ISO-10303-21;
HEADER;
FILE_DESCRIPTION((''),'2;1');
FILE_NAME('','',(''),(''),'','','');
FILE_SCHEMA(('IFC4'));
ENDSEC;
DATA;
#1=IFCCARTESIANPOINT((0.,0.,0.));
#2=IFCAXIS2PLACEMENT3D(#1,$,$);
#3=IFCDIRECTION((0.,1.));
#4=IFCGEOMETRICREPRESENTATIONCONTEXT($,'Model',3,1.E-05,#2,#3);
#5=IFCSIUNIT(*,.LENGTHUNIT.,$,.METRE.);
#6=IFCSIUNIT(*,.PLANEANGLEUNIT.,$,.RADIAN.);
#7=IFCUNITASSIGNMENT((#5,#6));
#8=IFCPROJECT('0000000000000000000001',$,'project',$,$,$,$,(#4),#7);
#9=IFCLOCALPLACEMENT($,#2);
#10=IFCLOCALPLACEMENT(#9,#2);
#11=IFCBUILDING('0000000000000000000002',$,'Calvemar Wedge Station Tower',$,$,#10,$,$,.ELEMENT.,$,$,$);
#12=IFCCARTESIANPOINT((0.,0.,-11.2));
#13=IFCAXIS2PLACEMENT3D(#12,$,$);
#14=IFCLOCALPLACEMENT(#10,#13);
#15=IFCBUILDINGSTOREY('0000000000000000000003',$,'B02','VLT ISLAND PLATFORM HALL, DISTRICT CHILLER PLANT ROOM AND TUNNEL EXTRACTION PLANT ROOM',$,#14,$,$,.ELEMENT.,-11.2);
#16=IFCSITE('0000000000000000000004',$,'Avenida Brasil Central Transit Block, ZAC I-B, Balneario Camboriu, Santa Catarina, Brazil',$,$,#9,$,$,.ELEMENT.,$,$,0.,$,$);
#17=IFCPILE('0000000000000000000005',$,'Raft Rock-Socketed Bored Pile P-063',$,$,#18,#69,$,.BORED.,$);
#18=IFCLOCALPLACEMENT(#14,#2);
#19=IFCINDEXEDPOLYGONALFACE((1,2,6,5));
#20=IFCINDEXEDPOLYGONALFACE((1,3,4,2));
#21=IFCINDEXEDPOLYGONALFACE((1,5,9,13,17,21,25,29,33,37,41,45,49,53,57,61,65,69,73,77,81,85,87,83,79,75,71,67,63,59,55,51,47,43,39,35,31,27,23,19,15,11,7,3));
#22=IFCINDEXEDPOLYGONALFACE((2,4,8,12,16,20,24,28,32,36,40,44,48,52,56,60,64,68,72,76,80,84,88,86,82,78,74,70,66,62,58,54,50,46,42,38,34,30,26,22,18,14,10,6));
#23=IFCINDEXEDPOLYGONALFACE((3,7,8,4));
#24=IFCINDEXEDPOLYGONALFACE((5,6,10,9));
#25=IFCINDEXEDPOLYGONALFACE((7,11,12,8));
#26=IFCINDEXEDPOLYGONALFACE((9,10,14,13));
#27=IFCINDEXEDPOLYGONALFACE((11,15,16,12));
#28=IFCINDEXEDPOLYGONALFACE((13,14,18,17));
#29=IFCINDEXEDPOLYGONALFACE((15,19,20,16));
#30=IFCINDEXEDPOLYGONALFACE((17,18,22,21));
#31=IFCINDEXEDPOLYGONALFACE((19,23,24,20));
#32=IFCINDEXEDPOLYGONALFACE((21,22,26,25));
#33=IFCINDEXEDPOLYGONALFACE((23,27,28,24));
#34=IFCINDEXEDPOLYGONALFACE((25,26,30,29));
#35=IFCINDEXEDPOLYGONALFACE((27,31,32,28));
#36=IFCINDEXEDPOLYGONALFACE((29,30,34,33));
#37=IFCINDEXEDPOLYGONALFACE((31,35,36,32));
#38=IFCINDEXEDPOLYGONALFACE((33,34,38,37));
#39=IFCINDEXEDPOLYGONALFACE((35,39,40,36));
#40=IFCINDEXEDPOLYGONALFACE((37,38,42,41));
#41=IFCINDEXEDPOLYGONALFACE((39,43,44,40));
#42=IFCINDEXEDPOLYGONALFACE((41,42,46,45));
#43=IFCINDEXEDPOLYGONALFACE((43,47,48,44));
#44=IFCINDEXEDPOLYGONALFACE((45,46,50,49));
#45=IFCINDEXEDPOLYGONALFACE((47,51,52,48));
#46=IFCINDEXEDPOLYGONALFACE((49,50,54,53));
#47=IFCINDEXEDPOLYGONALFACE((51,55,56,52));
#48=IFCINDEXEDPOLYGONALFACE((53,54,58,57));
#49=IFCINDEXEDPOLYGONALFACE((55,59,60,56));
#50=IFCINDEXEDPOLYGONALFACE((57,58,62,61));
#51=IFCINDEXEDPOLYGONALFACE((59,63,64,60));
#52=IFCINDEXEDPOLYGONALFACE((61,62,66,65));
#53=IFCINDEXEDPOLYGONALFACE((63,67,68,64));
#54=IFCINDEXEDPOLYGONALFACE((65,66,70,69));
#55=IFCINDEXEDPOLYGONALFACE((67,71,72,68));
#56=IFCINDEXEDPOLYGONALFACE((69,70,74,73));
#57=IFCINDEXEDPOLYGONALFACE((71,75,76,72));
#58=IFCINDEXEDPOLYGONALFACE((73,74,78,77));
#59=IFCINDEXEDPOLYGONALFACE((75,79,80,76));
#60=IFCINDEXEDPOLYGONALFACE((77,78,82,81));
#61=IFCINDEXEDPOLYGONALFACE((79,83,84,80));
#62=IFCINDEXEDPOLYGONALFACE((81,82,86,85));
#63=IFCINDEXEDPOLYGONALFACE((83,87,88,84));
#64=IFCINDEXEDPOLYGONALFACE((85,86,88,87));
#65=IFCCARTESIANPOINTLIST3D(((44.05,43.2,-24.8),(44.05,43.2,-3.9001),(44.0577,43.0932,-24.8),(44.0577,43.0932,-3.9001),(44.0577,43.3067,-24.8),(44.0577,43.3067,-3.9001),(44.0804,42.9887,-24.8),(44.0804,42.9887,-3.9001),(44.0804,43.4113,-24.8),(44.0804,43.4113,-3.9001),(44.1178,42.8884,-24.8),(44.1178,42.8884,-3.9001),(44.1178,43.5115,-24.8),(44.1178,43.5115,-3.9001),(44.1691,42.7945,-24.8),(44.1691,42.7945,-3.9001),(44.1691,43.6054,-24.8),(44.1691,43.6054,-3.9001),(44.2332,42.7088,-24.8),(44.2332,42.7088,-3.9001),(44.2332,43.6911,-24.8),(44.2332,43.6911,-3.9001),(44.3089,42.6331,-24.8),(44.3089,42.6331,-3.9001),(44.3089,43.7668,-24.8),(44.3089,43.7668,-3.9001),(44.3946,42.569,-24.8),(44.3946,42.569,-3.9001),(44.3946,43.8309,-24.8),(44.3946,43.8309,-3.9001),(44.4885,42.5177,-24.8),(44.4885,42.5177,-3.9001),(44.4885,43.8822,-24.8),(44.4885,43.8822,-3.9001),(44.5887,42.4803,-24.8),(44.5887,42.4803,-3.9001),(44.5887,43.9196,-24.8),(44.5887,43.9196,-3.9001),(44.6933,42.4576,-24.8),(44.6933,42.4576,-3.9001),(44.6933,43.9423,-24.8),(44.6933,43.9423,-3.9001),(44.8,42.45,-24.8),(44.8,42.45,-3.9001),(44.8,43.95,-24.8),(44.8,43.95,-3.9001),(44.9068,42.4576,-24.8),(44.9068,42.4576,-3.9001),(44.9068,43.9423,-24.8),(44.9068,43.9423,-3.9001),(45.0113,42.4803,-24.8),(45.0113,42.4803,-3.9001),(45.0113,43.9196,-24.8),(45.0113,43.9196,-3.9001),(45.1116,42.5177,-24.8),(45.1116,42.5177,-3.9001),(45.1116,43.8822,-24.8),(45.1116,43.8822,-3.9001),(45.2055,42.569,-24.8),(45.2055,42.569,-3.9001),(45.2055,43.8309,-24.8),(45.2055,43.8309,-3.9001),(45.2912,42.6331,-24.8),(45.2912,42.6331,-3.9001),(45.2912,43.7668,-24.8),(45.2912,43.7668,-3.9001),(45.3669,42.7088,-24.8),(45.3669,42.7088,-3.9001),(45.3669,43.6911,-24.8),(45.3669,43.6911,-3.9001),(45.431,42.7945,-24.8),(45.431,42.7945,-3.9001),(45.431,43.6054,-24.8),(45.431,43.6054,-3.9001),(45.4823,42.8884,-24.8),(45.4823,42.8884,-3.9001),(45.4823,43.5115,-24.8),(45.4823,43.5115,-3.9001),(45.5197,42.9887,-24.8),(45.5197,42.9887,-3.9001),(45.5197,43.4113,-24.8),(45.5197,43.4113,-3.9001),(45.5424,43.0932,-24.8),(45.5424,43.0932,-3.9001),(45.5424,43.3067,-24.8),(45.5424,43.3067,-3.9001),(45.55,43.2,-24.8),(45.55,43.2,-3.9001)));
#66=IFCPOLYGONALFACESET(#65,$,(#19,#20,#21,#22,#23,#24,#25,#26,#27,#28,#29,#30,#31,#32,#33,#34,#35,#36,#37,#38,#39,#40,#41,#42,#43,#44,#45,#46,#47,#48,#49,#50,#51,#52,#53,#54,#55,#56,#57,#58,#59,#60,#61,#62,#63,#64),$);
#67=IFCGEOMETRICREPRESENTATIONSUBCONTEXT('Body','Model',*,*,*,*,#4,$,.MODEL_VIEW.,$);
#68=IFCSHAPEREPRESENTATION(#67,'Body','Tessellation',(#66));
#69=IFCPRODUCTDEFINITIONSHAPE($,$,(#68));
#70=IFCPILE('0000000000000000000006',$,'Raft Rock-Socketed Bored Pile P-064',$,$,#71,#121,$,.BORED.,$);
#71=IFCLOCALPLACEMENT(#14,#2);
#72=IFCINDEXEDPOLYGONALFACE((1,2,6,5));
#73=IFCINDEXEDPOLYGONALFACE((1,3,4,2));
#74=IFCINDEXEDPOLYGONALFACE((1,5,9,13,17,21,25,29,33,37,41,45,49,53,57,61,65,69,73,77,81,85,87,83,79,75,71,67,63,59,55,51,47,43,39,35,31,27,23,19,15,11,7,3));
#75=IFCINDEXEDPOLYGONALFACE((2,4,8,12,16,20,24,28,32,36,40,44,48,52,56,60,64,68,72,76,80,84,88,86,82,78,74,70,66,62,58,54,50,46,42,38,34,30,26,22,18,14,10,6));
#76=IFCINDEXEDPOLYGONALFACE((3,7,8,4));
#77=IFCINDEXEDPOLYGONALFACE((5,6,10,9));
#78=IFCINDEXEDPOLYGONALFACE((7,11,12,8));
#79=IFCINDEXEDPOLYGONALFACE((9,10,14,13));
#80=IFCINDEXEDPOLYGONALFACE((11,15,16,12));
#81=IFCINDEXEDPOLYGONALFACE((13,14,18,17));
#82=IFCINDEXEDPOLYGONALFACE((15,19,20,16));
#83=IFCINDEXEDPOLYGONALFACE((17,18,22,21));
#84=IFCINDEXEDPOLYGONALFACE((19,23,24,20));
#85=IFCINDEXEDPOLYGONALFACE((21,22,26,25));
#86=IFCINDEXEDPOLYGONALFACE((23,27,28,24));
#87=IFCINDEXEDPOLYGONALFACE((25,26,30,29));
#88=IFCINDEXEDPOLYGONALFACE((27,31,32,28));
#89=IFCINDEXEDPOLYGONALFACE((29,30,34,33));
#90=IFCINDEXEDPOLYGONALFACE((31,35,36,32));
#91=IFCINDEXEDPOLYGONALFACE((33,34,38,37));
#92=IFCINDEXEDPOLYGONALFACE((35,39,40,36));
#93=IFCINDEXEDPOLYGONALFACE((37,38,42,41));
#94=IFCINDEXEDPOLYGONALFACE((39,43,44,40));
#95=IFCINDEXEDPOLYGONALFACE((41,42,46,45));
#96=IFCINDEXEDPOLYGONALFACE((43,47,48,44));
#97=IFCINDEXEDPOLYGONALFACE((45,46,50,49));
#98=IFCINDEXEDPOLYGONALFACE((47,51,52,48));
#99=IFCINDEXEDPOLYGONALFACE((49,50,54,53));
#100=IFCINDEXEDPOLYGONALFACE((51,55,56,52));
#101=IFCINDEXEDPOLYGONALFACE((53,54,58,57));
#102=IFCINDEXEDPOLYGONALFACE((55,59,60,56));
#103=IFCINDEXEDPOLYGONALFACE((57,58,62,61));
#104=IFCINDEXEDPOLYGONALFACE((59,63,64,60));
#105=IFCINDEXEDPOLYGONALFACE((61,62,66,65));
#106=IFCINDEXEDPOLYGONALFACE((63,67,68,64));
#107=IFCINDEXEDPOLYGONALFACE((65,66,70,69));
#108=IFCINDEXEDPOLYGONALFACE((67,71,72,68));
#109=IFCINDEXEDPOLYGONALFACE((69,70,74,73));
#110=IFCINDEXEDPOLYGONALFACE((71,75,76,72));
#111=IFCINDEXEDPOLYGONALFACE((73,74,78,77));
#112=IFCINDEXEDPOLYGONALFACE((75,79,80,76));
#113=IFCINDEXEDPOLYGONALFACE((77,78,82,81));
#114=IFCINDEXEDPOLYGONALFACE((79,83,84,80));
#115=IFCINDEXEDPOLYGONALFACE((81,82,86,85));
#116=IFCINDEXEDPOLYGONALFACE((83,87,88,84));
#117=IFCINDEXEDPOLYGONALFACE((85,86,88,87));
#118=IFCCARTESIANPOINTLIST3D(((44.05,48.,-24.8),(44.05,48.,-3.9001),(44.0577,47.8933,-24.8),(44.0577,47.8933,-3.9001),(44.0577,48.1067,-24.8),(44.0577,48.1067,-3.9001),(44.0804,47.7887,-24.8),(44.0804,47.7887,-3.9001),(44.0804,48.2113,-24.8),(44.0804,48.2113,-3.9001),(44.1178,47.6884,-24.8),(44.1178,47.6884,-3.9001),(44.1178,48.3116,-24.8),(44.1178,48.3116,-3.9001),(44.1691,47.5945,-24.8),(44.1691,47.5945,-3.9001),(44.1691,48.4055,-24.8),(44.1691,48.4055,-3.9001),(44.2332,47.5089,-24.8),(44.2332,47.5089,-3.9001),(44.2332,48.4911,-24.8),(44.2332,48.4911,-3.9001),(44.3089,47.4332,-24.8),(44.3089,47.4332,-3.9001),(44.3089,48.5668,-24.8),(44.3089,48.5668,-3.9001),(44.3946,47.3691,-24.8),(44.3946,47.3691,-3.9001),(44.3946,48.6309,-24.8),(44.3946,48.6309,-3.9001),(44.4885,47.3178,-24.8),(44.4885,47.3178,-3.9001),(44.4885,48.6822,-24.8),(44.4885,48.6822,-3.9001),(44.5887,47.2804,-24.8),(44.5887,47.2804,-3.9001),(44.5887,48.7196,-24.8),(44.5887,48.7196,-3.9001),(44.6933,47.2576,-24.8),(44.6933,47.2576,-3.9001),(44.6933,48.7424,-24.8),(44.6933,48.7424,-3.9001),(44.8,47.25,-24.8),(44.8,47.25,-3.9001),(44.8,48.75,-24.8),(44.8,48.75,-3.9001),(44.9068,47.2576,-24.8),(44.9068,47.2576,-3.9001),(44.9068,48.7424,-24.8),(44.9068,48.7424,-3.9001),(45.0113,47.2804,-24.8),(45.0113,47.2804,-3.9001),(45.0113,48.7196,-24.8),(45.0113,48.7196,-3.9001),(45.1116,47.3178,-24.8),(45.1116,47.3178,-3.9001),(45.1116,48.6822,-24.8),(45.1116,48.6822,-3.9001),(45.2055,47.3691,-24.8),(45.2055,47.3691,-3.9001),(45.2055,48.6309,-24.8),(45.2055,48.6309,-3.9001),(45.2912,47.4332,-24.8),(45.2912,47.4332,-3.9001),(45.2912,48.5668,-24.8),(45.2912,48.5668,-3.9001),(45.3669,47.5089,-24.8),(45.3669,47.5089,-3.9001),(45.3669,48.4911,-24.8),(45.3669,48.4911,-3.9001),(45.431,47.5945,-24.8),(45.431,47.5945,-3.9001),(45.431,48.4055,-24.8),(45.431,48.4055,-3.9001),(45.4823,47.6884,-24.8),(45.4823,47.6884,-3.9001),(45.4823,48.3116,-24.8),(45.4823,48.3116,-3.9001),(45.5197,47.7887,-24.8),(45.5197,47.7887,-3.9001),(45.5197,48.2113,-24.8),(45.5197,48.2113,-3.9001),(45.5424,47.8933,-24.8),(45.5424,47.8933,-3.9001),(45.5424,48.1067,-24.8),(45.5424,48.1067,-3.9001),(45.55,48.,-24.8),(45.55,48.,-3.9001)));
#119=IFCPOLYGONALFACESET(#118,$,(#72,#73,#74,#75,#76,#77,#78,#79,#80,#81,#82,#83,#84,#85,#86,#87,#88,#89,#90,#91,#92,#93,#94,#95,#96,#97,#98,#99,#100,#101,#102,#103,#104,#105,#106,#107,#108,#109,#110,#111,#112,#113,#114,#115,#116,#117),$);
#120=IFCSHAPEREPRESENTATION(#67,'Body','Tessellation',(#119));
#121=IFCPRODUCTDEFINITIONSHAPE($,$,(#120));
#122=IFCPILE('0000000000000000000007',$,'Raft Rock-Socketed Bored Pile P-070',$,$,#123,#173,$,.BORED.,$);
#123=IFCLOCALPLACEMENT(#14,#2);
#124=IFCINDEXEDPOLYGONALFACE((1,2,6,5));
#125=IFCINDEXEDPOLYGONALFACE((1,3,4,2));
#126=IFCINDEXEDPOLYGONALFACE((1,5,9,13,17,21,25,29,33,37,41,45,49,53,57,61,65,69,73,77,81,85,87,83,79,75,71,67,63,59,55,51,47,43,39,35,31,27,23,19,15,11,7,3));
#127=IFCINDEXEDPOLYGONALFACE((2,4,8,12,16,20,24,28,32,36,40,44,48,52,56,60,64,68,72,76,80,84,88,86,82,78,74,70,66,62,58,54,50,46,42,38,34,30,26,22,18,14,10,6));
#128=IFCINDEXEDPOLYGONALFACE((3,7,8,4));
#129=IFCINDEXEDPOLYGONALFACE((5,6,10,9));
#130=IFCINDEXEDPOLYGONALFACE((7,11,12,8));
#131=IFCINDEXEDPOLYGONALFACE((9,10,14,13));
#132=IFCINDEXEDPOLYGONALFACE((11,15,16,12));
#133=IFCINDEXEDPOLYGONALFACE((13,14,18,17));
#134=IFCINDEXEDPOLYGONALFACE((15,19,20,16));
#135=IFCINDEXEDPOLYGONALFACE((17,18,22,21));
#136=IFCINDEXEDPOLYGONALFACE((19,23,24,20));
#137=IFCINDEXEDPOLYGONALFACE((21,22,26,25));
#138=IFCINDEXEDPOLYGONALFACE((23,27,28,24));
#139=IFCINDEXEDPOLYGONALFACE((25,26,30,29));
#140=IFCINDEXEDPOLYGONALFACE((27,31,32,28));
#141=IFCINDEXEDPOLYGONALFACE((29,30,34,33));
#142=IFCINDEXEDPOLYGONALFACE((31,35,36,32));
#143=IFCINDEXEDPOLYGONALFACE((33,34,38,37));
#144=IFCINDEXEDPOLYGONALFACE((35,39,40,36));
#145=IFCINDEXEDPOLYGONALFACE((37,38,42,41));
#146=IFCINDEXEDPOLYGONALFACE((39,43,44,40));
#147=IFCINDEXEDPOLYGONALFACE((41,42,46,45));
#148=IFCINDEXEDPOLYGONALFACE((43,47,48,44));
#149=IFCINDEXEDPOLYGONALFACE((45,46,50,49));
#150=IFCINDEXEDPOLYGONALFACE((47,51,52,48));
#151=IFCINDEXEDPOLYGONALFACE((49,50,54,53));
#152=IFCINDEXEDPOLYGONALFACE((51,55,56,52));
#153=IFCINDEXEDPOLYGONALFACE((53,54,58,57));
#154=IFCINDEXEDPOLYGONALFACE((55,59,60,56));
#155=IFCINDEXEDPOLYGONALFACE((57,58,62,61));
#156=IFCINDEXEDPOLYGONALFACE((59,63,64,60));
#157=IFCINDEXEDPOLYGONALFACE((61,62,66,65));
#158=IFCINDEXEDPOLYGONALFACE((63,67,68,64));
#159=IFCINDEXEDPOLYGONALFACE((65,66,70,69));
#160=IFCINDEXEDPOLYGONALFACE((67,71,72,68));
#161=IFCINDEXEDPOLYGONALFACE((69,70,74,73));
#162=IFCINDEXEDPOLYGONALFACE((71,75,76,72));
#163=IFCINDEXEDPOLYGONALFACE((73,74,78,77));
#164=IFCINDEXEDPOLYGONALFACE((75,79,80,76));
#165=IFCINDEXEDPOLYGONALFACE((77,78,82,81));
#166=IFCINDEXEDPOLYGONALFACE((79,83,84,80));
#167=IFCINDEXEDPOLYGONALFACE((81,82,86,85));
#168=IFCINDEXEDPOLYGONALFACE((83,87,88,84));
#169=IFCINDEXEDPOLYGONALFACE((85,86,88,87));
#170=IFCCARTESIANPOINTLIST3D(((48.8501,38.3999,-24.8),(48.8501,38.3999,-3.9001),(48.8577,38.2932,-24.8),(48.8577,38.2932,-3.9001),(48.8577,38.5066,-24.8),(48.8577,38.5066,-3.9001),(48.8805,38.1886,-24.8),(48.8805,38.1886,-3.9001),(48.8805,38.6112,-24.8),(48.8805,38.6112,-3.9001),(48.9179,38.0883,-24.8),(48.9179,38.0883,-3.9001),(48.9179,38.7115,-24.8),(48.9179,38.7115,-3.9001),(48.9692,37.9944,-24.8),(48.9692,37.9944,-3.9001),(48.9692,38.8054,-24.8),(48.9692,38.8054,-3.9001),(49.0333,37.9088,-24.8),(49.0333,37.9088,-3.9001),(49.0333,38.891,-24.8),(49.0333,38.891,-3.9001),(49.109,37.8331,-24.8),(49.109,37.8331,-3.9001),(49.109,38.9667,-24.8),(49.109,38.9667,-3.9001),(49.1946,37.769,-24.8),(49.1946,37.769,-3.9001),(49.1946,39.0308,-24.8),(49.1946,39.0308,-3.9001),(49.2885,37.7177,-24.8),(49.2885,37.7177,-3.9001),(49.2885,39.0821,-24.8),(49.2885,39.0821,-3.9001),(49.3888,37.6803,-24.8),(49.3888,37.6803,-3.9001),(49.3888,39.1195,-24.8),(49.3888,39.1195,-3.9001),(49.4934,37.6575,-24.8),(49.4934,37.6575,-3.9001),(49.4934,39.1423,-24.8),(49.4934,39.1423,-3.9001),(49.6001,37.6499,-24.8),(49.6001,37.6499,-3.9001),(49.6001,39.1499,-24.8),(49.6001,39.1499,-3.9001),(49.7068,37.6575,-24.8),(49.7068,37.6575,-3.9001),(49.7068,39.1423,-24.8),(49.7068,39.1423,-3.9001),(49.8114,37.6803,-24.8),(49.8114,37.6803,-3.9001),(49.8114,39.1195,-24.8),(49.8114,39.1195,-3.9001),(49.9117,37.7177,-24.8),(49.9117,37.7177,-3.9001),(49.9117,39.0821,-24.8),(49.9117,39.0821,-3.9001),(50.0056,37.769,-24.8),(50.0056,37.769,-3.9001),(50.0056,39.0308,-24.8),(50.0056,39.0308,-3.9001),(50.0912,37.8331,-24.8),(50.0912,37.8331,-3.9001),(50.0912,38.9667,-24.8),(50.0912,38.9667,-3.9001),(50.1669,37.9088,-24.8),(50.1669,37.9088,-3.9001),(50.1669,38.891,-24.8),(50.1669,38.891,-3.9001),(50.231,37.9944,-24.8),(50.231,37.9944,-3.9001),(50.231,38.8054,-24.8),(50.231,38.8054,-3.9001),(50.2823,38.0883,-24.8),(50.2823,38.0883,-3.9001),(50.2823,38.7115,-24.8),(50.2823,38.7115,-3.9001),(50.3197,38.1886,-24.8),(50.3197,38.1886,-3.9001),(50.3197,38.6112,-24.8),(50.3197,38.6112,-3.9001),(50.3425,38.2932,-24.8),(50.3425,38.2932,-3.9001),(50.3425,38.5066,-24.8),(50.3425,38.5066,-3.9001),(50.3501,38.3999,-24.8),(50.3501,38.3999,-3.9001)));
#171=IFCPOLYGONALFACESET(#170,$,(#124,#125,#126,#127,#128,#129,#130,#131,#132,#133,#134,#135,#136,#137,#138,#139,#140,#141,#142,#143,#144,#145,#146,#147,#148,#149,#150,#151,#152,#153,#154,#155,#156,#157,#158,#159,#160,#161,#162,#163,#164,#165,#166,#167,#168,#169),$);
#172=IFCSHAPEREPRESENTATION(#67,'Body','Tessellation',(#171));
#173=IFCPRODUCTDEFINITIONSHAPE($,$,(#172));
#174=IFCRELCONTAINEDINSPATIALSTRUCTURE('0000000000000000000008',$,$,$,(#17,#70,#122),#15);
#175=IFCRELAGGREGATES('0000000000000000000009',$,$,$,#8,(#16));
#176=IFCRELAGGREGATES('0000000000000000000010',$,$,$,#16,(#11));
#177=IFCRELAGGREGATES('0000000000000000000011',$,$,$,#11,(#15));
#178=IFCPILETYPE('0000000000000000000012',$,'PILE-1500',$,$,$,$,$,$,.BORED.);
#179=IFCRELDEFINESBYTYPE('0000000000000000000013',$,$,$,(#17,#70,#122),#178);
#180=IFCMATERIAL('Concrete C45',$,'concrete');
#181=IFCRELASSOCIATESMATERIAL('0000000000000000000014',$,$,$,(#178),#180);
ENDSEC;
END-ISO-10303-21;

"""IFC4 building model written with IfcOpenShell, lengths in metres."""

from ifc_helpers import new_model, si_unit, direction, frame, origin, origin_2d, place, context, subcontext, project, spatial, circle, extrude, material, material_profile, profile_set, type_object, element, save


model = new_model("IFC4")

# Units and contexts
model_context = context("Model", 3, precision=1e-05, world=origin(), true_north=direction((0.0, 1.0)))
body_context = subcontext(model_context, "Body", "Model", "MODEL_VIEW")
ifc_project = project(units=[si_unit("LENGTHUNIT", "METRE"), si_unit("PLANEANGLEUNIT", "RADIAN")], contexts=[model_context])

# Site, building, storey
site_placement = place(None, origin())
site = spatial("IfcSite", under=ifc_project, at=site_placement, Name="Avenida Brasil Central Transit Block, ZAC I-B, Balneario Camboriu, Santa Catarina, Brazil", CompositionType="ELEMENT", RefElevation=0.0)
building_placement = place(site_placement, origin())
building = spatial("IfcBuilding", under=site, at=building_placement, Name="Calvemar Wedge Station Tower", CompositionType="ELEMENT")
storey_placement = place(building_placement, frame((0.0, 0.0, -11.2)))
storey = spatial("IfcBuildingStorey", under=building, at=storey_placement, Name="B02", Description="VLT ISLAND PLATFORM HALL, DISTRICT CHILLER PLANT ROOM AND TUNNEL EXTRACTION PLANT ROOM", CompositionType="ELEMENT", Elevation=-11.2)

# Piles
ifc_material_1 = material(Name="Concrete C45", Category="concrete")
ifc_material_profile_1 = material_profile(ifc_material_1, circle(Radius=0.75, at=origin_2d()), Name="PILE-D1500")
ifc_profile_set_1 = profile_set([ifc_material_profile_1], Name="Concrete C45")
pile_type_1 = type_object("IfcPileType", Name="PILE-1500", PredefinedType="BORED", material=ifc_profile_set_1)
for number, where, z_axis, x_axis, name in (
    (1, (44.8, 43.2, -3.9001), (0.0, 0.0, -1.0), (1.0, 0.0, 0.0), "Raft Rock-Socketed Bored Pile P-063"),
    (2, (44.8, 48.0, -3.9001), (0.0, 0.0, -1.0), (1.0, 0.0, 0.0), "Raft Rock-Socketed Bored Pile P-064"),
    (3, (49.6001, 38.3999, -3.9001), (0.0, 0.0, -1.0), (1.0, 0.0, 0.0), "Raft Rock-Socketed Bored Pile P-070"),
):
    element("IfcPile", number, at=place(storey_placement, frame(where, z_axis=z_axis, x_axis=x_axis)), inside=storey, type_object=pile_type_1, Name=name, PredefinedType="BORED", context=body_context, shape_type="SweptSolid", body=[
        extrude(circle(Radius=0.75, at=origin_2d()), origin(), (0.0, 0.0, 1.0), 20.8999),
    ])

save(model, "model.ifc")
